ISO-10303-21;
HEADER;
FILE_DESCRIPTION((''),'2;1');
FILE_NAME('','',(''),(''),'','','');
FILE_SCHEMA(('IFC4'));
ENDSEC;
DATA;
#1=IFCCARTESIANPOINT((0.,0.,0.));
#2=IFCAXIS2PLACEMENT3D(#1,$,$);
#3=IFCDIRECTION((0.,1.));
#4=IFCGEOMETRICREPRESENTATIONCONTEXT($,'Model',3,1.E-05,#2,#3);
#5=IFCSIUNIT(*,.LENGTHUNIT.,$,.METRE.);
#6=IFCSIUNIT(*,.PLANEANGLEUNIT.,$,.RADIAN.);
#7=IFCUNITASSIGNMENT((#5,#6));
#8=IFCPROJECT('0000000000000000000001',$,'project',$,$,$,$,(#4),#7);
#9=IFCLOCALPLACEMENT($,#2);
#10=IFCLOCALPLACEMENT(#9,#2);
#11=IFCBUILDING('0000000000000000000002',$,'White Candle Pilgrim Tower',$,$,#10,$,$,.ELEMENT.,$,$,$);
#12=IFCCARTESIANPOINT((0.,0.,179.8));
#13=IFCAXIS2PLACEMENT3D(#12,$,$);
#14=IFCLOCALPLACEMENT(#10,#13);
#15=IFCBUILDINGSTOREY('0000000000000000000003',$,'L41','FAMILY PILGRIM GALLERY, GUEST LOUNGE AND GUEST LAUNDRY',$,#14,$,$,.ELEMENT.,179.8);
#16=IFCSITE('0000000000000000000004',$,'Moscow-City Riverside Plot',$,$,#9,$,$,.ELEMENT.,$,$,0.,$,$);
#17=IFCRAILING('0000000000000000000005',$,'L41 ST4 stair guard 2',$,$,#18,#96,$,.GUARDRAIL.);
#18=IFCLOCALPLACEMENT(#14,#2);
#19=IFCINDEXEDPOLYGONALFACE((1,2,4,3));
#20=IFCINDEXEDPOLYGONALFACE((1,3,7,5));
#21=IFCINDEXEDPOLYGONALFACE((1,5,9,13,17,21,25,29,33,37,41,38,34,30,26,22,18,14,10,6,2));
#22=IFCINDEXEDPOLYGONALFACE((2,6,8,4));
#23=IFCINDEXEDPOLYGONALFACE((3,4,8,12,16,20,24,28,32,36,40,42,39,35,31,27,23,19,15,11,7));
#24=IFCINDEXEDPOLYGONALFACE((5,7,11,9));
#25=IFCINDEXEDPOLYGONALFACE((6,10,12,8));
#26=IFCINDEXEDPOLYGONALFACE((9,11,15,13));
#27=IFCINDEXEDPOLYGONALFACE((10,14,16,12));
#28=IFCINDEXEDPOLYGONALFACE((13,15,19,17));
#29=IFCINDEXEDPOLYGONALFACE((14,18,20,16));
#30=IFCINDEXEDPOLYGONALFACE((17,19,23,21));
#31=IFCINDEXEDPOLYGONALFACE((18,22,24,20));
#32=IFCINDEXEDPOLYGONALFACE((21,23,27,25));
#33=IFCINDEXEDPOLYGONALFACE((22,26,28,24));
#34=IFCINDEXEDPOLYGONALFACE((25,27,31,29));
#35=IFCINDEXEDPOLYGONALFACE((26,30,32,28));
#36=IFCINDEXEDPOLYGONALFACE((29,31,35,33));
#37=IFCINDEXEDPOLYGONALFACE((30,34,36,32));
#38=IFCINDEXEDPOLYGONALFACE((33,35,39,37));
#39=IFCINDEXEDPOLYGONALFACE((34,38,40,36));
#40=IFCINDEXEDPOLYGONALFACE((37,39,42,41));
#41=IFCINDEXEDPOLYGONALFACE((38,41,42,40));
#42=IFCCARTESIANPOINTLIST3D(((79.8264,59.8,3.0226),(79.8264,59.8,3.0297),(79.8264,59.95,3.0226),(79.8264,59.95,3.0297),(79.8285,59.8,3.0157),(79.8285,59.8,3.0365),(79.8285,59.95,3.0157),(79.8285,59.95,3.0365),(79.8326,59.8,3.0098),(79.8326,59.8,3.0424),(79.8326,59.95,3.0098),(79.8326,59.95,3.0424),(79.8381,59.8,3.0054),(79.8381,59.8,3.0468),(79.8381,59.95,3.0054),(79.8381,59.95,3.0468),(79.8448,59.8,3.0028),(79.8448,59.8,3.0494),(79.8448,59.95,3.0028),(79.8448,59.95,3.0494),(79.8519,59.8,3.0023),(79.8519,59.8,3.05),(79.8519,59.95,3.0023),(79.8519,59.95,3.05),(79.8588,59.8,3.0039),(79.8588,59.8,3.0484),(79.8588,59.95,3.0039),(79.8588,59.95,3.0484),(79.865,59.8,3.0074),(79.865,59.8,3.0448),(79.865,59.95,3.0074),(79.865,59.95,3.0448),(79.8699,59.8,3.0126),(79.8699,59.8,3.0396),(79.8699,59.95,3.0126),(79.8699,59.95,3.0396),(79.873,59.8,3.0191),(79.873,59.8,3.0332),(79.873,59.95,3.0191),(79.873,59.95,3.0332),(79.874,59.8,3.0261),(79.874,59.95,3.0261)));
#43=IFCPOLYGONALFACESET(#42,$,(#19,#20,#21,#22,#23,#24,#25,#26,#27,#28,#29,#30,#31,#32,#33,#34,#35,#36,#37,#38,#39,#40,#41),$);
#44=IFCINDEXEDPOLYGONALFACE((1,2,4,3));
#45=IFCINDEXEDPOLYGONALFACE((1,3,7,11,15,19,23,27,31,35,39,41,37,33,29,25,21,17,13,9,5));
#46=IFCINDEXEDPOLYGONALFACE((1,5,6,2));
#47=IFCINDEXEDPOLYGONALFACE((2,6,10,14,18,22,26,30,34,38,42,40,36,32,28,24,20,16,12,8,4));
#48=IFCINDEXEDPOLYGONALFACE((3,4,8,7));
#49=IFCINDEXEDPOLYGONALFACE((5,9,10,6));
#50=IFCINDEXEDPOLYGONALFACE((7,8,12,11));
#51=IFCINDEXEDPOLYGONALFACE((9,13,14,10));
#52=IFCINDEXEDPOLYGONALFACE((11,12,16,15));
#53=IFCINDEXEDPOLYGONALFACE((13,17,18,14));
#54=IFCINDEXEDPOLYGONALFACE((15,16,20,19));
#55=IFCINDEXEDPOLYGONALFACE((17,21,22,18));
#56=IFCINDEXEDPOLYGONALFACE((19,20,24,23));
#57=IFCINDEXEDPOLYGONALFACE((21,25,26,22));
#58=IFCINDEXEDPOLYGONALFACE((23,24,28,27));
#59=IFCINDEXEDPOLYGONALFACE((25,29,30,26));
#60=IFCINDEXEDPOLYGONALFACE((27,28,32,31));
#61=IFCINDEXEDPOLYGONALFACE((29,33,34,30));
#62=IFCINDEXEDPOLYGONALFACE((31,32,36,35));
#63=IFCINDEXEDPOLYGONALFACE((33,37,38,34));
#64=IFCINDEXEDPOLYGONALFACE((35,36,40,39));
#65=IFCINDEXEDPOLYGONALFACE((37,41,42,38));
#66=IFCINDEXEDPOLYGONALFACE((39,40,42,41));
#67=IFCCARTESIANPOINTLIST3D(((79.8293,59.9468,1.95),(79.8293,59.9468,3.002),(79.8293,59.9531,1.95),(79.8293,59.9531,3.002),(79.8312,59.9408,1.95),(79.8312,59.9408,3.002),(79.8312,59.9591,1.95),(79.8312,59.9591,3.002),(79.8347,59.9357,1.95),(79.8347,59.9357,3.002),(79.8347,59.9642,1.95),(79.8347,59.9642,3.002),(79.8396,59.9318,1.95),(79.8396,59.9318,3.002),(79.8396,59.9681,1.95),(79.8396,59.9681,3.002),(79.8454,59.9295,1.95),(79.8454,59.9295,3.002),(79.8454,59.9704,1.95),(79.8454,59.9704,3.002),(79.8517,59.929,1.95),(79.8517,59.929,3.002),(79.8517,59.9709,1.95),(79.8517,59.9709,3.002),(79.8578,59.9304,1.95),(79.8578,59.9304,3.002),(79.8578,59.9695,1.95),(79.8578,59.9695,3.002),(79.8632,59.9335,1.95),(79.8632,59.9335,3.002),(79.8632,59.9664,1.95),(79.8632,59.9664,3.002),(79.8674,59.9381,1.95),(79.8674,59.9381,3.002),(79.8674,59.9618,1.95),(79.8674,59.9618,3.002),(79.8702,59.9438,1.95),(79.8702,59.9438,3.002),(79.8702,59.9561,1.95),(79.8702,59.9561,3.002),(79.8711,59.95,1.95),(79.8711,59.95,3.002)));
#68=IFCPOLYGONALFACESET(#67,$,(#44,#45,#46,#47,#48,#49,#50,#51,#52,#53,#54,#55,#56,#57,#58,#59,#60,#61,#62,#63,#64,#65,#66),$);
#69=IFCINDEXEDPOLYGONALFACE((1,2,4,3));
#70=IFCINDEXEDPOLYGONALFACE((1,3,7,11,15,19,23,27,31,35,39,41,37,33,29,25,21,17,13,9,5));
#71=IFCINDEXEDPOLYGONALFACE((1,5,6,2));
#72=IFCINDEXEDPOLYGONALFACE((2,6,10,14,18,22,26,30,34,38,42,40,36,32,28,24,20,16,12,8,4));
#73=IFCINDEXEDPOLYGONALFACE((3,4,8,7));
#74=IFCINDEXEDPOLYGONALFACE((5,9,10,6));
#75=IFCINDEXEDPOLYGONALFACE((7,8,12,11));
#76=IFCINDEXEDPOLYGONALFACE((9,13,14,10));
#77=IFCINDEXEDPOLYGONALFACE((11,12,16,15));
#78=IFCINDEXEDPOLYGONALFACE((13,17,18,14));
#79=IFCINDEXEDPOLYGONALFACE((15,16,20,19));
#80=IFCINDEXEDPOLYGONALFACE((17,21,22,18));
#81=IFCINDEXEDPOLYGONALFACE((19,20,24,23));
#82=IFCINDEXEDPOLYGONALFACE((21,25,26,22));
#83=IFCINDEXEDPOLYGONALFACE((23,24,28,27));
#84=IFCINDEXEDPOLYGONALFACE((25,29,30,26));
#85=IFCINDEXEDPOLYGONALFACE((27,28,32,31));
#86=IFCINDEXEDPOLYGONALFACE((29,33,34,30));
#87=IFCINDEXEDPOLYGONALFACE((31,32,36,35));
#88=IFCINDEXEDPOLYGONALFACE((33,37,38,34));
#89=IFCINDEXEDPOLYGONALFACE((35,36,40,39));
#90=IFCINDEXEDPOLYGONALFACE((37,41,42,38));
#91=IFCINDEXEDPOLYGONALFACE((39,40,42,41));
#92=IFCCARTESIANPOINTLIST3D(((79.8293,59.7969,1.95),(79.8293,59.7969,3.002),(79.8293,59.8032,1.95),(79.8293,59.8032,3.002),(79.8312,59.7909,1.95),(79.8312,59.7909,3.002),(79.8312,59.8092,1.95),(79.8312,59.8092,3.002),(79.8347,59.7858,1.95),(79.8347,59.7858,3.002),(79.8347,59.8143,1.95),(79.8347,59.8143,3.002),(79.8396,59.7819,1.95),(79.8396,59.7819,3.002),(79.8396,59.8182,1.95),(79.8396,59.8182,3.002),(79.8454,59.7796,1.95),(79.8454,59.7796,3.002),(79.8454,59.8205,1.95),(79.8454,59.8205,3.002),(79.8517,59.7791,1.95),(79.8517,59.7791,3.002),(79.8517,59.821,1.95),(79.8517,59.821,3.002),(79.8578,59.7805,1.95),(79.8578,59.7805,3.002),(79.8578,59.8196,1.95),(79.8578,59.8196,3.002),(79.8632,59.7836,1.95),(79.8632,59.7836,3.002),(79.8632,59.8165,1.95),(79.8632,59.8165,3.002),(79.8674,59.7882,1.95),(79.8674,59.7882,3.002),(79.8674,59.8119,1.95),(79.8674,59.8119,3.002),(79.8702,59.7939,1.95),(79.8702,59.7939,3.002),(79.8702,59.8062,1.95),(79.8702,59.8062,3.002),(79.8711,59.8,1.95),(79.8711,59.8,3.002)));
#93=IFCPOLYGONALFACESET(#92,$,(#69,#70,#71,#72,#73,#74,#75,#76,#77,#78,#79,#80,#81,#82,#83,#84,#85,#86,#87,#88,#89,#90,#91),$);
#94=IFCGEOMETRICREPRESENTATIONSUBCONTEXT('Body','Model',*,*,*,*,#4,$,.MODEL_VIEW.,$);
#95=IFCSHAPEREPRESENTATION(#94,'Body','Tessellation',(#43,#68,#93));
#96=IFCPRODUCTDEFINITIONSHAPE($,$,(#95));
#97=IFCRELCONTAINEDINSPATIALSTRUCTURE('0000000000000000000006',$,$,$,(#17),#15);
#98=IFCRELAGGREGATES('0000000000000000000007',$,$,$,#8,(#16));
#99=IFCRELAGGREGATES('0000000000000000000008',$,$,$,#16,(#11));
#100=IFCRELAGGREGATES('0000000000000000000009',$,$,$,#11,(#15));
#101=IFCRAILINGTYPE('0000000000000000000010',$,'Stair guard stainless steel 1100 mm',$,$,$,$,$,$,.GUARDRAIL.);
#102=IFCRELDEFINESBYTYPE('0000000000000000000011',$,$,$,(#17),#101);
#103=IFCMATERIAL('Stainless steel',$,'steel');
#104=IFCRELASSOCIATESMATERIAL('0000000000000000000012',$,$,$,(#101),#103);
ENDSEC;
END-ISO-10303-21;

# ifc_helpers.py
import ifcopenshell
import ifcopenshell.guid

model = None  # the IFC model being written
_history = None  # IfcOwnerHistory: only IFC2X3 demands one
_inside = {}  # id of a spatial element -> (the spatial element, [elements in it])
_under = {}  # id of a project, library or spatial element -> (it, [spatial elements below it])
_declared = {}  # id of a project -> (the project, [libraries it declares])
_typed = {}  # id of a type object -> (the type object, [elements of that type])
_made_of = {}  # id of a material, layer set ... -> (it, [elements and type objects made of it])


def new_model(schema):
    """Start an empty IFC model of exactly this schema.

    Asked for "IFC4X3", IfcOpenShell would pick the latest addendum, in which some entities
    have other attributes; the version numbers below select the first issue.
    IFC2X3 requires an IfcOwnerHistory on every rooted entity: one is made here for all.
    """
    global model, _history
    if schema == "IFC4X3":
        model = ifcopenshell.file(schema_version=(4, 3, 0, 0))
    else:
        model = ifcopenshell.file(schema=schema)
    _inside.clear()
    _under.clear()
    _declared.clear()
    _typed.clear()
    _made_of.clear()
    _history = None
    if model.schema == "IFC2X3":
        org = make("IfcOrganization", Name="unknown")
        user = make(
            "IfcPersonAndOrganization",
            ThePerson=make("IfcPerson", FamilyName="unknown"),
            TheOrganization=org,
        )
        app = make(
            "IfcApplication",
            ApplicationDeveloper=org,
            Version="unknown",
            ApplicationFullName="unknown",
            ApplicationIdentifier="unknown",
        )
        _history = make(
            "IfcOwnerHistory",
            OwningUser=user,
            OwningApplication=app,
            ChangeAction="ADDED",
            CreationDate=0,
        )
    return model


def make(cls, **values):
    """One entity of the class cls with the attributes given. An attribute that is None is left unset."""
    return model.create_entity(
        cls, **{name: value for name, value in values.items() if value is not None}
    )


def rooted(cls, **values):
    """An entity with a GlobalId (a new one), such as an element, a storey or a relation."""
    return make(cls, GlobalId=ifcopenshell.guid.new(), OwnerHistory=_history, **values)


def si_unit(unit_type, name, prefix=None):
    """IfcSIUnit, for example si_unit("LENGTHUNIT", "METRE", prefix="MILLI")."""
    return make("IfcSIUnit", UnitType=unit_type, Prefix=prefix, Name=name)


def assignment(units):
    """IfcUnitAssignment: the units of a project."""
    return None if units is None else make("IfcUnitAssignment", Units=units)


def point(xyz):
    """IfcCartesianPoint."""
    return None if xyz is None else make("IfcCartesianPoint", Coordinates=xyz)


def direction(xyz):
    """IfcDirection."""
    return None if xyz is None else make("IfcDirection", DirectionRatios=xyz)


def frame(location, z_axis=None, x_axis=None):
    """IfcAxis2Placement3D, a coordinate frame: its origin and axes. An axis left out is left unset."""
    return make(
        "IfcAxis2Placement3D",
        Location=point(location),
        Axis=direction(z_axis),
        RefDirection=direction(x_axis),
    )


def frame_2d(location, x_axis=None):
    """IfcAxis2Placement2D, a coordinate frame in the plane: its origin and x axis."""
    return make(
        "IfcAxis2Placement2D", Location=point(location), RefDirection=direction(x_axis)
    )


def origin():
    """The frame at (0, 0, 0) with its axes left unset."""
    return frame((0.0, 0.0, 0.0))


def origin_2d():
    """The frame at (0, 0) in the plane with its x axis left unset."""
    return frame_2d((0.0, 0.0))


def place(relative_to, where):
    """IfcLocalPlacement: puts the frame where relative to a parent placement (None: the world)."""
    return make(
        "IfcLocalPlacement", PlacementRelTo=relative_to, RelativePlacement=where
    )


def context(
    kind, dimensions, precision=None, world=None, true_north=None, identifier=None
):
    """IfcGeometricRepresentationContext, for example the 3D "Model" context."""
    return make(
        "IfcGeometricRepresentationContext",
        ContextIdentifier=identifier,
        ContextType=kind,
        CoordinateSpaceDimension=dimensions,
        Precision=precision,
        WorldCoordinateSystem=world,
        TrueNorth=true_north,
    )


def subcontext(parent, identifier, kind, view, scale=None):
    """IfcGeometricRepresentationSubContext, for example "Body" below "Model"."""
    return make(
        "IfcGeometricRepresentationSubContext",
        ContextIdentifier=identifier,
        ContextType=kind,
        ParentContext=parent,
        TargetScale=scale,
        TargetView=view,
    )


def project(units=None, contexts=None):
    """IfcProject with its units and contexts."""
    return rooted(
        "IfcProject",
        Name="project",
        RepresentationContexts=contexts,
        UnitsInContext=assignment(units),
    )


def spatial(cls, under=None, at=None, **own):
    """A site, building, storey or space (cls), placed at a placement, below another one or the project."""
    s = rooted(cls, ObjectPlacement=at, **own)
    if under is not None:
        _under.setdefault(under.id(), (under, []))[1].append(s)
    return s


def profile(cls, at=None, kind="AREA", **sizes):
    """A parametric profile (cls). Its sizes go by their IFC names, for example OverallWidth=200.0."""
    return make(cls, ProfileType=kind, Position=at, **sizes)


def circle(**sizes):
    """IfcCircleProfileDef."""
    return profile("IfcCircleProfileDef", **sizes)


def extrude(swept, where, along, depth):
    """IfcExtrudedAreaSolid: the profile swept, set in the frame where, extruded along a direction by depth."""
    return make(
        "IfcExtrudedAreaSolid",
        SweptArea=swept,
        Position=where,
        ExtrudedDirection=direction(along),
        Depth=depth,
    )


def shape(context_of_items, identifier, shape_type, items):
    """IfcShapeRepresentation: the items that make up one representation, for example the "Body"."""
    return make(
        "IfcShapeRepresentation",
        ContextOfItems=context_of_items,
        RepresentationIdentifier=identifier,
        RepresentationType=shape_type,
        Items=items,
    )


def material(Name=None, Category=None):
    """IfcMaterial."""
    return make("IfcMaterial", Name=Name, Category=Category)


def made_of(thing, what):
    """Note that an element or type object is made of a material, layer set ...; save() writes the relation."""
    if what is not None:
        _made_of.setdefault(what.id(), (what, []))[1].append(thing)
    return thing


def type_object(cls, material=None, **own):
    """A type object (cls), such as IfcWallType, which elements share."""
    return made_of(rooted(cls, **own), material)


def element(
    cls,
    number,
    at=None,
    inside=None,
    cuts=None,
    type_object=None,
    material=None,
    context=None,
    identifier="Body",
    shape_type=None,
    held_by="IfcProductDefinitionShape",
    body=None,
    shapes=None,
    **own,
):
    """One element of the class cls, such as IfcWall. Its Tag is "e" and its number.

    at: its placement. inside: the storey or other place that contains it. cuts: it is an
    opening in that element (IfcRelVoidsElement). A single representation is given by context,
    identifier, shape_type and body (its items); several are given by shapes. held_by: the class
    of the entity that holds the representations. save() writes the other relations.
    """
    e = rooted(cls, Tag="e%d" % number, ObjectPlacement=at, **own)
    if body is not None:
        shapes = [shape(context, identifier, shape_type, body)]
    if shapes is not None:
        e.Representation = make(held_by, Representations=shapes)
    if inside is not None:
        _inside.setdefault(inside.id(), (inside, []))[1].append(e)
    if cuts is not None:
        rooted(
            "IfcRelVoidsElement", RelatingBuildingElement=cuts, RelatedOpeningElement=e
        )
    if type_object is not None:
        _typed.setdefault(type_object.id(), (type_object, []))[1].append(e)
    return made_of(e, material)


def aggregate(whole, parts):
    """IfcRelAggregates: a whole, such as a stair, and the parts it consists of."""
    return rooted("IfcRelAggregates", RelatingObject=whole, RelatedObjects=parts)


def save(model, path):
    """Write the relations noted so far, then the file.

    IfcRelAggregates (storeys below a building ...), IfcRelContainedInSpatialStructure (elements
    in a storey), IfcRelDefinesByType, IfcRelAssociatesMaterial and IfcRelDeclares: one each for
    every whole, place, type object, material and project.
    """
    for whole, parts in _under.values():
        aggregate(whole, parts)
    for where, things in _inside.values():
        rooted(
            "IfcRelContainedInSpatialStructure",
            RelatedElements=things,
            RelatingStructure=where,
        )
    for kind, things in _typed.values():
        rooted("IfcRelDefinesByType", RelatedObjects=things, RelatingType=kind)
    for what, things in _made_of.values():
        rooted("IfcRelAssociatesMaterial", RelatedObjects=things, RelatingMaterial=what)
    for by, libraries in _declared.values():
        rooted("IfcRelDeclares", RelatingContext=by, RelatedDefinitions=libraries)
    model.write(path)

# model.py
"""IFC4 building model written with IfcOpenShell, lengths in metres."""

from ifc_helpers import new_model, si_unit, direction, frame, origin, origin_2d, place, context, subcontext, project, spatial, circle, extrude, material, type_object, element, save


model = new_model("IFC4")

# Units and contexts
model_context = context("Model", 3, precision=1e-05, world=origin(), true_north=direction((0.0, 1.0)))
body_context = subcontext(model_context, "Body", "Model", "MODEL_VIEW")
ifc_project = project(units=[si_unit("LENGTHUNIT", "METRE"), si_unit("PLANEANGLEUNIT", "RADIAN")], contexts=[model_context])

# Site, building, storey
site_placement = place(None, origin())
site = spatial("IfcSite", under=ifc_project, at=site_placement, Name="Moscow-City Riverside Plot", CompositionType="ELEMENT", RefElevation=0.0)
building_placement = place(site_placement, origin())
building = spatial("IfcBuilding", under=site, at=building_placement, Name="White Candle Pilgrim Tower", CompositionType="ELEMENT")
storey_placement = place(building_placement, frame((0.0, 0.0, 179.8)))
storey = spatial("IfcBuildingStorey", under=building, at=storey_placement, Name="L41", Description="FAMILY PILGRIM GALLERY, GUEST LOUNGE AND GUEST LAUNDRY", CompositionType="ELEMENT", Elevation=179.8)

# Railing
ifc_material_1 = material(Name="Stainless steel", Category="steel")
railing_type_1 = type_object("IfcRailingType", Name="Stair guard stainless steel 1100 mm", PredefinedType="GUARDRAIL", material=ifc_material_1)
railing_1_placement = place(storey_placement, frame((79.8501, 59.95, 1.95)))
element("IfcRailing", 1, at=railing_1_placement, inside=storey, type_object=railing_type_1, Name="L41 ST4 stair guard 2", PredefinedType="GUARDRAIL", context=body_context, shape_type="SweptSolid", body=[
    extrude(circle(Radius=0.0239, at=origin_2d()), frame((0.0, 0.0, 1.0762), z_axis=(0.0, -1.0, 0.0), x_axis=(1.0, 0.0, 0.0)), (0.0, 0.0, 1.0), 0.1499),
    extrude(circle(Radius=0.021, at=origin_2d()), origin(), (0.0, 0.0, 1.0), 1.052),
    extrude(circle(Radius=0.021, at=origin_2d()), frame((0.0, -0.1499, 0.0)), (0.0, 0.0, 1.0), 1.052),
])

save(model, "model.ifc")
